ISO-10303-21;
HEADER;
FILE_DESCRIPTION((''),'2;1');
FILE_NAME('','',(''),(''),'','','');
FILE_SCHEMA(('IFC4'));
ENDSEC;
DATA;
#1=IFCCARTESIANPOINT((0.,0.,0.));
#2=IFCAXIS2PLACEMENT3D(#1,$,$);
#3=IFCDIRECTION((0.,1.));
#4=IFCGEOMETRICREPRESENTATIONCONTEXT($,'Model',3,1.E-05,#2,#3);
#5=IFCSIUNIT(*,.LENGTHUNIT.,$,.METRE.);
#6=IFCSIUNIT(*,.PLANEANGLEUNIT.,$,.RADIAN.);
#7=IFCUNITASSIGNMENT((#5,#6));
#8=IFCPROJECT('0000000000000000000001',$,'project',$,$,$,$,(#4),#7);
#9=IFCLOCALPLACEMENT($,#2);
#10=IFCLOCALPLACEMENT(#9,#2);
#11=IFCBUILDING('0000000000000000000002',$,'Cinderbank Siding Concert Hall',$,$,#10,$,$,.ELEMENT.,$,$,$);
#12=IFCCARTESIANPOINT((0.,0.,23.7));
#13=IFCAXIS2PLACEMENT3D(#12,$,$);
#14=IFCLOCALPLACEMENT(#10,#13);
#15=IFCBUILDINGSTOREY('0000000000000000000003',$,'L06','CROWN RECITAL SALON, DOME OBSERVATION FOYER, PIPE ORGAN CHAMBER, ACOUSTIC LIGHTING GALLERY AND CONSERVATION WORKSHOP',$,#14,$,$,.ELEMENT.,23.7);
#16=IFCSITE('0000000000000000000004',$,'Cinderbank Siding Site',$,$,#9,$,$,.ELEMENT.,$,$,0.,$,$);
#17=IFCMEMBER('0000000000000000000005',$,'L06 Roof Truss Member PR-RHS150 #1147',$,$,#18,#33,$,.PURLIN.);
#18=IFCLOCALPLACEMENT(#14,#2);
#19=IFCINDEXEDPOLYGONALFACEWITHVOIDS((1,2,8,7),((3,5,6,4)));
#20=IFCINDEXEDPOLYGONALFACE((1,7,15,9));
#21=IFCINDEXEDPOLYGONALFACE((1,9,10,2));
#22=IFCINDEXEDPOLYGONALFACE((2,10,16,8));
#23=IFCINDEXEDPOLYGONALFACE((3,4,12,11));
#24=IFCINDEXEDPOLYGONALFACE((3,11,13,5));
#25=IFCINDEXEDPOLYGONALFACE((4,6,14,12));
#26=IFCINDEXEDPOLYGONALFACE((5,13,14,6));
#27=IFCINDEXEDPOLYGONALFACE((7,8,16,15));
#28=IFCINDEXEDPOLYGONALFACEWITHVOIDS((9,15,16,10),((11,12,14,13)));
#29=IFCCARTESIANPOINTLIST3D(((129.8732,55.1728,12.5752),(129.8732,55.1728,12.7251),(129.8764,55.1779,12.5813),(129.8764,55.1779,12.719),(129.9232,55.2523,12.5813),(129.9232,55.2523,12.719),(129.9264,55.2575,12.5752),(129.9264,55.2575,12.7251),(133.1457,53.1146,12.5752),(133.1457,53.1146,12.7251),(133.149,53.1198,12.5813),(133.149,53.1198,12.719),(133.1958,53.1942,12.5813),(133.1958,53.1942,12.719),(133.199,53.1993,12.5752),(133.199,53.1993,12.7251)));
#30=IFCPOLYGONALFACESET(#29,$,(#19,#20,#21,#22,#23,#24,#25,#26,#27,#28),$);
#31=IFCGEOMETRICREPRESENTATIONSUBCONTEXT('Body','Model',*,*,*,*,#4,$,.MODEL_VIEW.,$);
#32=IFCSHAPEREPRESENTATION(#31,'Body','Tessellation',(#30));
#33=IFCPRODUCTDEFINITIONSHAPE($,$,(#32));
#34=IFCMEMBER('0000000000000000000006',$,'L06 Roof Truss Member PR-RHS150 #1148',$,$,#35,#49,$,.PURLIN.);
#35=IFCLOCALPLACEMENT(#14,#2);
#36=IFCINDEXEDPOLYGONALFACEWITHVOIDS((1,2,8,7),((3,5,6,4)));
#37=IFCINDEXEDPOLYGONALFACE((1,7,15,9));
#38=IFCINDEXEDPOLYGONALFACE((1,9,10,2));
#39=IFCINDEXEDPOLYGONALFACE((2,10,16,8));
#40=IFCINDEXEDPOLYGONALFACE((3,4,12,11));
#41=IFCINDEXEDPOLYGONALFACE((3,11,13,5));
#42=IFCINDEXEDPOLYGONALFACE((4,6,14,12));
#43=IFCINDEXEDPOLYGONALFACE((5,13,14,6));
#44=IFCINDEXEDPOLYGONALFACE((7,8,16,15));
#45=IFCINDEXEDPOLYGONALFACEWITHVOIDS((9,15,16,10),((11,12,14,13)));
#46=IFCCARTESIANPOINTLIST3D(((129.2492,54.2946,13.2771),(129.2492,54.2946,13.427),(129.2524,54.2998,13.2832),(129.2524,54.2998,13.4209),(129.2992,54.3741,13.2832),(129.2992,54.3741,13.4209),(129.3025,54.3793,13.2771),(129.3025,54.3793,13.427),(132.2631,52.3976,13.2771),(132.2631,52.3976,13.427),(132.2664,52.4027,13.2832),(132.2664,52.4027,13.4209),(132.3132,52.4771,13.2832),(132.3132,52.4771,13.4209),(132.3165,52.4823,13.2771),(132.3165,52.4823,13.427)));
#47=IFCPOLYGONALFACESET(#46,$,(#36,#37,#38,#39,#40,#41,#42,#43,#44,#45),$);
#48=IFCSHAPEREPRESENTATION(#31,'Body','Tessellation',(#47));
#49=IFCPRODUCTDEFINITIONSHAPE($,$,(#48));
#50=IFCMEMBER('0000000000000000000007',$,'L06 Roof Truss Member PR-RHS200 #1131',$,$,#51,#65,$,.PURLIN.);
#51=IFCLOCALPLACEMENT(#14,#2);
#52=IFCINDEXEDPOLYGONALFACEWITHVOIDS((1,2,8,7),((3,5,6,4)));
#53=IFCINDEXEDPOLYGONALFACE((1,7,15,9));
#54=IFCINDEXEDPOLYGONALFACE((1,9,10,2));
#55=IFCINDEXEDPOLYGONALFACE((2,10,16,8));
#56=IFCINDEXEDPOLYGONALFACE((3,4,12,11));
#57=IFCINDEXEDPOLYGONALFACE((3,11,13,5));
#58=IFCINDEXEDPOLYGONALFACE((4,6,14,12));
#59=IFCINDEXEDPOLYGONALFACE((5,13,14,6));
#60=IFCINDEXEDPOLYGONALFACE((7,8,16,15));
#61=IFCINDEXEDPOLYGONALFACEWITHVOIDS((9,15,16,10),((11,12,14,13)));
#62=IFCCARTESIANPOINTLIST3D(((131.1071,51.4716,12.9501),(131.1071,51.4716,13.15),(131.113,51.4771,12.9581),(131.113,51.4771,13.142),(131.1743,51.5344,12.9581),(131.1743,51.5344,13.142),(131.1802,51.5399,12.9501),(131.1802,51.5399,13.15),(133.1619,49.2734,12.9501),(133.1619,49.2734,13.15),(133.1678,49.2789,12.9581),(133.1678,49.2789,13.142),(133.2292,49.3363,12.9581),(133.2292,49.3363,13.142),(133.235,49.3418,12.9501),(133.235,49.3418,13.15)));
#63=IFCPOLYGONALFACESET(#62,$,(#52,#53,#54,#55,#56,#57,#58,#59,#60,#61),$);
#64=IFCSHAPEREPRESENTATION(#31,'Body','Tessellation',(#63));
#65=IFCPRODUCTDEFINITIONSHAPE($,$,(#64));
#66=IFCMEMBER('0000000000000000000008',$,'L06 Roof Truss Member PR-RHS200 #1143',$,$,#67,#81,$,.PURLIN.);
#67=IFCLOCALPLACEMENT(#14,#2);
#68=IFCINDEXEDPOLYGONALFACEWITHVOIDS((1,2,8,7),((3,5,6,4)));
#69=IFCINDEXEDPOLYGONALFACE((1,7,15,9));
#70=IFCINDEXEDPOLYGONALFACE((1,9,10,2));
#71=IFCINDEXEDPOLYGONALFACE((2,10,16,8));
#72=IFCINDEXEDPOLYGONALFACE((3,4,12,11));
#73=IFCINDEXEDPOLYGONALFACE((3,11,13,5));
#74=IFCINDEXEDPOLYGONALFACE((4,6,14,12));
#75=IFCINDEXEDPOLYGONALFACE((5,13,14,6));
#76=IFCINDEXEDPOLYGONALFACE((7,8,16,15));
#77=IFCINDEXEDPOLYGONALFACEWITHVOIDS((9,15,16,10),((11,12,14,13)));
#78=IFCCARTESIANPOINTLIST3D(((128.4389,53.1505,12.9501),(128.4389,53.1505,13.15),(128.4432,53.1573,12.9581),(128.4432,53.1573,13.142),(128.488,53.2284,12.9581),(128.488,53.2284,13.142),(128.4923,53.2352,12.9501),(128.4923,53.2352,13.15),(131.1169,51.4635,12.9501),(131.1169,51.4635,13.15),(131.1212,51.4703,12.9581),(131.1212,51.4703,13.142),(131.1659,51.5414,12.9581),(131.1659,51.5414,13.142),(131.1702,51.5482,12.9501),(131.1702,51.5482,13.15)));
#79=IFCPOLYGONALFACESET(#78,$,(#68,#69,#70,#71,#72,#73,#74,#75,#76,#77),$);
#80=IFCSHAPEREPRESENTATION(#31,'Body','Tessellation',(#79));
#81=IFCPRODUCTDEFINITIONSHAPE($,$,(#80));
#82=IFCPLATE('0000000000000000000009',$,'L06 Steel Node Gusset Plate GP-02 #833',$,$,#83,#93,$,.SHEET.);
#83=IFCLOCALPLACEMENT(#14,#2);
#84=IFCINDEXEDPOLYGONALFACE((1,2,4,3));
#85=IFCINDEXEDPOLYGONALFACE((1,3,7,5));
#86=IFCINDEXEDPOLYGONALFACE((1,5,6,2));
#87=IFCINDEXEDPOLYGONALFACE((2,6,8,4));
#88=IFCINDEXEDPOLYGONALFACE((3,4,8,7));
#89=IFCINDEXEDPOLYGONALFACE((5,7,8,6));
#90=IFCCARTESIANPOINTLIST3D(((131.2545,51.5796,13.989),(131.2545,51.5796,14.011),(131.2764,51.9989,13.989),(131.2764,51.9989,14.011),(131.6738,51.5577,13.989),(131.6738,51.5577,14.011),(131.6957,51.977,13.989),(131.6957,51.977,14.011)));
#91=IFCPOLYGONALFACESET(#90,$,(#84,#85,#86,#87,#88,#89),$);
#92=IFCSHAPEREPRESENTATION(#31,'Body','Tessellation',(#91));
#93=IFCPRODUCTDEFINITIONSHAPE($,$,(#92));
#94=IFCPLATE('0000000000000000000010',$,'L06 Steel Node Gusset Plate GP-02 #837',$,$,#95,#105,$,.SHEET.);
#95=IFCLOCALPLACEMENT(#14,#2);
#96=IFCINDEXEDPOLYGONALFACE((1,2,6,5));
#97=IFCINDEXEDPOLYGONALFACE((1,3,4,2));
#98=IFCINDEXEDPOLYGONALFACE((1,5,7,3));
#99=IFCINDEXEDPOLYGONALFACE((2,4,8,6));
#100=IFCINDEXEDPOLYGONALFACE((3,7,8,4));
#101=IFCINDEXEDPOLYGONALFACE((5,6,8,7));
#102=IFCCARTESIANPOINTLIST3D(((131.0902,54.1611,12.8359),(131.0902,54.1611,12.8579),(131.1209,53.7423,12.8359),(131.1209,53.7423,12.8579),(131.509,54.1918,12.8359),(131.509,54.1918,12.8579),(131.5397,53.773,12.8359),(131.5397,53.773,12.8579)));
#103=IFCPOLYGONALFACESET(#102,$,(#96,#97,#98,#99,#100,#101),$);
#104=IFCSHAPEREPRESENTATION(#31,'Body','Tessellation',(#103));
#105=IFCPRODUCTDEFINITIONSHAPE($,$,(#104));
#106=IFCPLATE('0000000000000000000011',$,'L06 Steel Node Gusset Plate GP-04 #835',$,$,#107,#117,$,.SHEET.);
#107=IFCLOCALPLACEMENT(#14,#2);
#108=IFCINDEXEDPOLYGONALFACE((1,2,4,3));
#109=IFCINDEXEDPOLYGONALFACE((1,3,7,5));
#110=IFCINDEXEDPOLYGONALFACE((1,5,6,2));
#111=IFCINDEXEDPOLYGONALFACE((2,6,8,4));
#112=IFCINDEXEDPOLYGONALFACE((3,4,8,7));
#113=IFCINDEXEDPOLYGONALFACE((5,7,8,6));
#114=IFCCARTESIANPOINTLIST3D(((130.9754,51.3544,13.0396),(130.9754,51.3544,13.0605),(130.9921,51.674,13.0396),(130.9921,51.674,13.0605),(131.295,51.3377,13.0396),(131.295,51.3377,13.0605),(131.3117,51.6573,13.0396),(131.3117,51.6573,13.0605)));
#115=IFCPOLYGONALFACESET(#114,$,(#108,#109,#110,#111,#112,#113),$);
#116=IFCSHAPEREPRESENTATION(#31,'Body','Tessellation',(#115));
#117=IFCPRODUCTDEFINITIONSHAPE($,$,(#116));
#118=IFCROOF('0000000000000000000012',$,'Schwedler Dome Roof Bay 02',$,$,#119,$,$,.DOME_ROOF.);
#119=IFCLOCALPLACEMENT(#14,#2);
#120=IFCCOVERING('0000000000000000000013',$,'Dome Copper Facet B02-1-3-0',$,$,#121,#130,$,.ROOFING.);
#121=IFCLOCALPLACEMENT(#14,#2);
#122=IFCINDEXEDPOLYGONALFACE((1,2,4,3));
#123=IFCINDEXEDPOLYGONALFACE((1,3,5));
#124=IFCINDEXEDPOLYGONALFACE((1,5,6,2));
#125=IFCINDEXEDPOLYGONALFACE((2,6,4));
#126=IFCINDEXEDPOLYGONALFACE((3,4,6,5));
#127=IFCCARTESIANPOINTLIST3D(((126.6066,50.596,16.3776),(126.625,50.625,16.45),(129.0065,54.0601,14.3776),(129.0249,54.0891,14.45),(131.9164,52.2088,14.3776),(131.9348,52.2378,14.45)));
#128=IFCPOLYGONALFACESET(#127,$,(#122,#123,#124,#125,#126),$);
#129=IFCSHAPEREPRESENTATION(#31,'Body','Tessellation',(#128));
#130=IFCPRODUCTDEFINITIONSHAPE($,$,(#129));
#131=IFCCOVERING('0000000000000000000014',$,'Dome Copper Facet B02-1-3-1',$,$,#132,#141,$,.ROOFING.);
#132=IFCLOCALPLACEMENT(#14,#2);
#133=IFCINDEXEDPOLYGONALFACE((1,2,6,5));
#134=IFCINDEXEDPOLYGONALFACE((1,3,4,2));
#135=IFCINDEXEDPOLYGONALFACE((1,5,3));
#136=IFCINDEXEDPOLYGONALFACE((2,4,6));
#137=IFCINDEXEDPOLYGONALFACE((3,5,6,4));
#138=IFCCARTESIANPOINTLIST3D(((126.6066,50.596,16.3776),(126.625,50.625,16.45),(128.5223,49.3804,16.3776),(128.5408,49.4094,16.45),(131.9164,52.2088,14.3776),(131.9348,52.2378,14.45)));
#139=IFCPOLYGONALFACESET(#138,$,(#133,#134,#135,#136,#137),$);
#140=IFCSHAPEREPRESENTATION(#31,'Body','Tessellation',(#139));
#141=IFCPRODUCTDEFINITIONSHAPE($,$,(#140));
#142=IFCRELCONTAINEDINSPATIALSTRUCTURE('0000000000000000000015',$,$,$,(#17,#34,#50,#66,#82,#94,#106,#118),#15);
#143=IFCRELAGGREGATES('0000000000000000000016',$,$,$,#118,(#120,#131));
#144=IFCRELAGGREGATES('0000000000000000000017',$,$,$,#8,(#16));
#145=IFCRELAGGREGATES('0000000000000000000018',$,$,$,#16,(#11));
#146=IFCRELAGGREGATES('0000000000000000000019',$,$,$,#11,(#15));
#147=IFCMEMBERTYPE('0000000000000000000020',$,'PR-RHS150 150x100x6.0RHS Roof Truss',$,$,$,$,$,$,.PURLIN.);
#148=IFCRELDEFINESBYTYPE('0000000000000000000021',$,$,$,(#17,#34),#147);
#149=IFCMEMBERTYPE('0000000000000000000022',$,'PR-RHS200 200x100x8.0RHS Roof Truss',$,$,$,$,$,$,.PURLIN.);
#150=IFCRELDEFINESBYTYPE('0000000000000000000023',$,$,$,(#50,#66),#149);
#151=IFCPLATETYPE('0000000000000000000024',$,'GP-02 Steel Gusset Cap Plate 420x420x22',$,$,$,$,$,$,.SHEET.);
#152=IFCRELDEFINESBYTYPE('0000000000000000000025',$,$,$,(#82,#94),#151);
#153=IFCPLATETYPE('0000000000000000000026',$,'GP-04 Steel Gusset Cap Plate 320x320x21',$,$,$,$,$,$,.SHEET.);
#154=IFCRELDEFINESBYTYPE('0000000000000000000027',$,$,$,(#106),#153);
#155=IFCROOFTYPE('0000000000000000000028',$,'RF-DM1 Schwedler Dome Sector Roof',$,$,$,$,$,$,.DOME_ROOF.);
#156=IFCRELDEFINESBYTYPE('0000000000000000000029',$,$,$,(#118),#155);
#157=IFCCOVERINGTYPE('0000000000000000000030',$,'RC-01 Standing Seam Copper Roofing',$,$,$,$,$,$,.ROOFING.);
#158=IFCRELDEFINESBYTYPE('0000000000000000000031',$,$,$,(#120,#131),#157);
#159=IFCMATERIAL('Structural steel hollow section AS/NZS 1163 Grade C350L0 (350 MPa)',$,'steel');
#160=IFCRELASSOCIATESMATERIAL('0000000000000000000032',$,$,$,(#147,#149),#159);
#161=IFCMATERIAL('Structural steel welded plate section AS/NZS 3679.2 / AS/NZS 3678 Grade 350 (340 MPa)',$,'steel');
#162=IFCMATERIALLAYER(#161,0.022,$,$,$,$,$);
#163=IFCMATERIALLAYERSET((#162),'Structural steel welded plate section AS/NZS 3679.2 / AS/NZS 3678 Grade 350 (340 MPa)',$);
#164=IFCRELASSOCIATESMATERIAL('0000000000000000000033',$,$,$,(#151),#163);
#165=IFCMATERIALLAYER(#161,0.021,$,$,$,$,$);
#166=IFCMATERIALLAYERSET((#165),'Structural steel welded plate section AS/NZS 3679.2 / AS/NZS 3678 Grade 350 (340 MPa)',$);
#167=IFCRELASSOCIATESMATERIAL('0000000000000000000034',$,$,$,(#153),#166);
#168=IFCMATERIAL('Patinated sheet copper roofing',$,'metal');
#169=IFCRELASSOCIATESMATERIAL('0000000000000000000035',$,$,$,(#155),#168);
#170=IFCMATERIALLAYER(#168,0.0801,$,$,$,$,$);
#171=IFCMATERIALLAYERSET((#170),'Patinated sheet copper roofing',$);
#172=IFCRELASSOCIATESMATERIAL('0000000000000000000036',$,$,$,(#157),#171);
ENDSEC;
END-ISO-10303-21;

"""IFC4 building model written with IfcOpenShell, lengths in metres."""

from ifc_helpers import new_model, si_unit, direction, frame, origin, origin_2d, place, context, subcontext, project, spatial, polyline, rectangle, hollow_rectangle, outline, extrude, material, layer, layer_set, material_profile, profile_set, type_object, element, aggregate, save


model = new_model("IFC4")

# Units and contexts
model_context = context("Model", 3, precision=1e-05, world=origin(), true_north=direction((0.0, 1.0)))
body_context = subcontext(model_context, "Body", "Model", "MODEL_VIEW")
ifc_project = project(units=[si_unit("LENGTHUNIT", "METRE"), si_unit("PLANEANGLEUNIT", "RADIAN")], contexts=[model_context])

# Site, building, storey
site_placement = place(None, origin())
site = spatial("IfcSite", under=ifc_project, at=site_placement, Name="Cinderbank Siding Site", CompositionType="ELEMENT", RefElevation=0.0)
building_placement = place(site_placement, origin())
building = spatial("IfcBuilding", under=site, at=building_placement, Name="Cinderbank Siding Concert Hall", CompositionType="ELEMENT")
storey_placement = place(building_placement, frame((0.0, 0.0, 23.7)))
storey = spatial("IfcBuildingStorey", under=building, at=storey_placement, Name="L06", Description="CROWN RECITAL SALON, DOME OBSERVATION FOYER, PIPE ORGAN CHAMBER, ACOUSTIC LIGHTING GALLERY AND CONSERVATION WORKSHOP", CompositionType="ELEMENT", Elevation=23.7)

# Members
ifc_material_1 = material(Name="Structural steel hollow section AS/NZS 1163 Grade C350L0 (350 MPa)", Category="steel")
ifc_material_profile_1 = material_profile(ifc_material_1, hollow_rectangle(XDim=0.1001, YDim=0.1499, WallThickness=0.0061, at=origin_2d()), Name="150x100x6.0RHS", Category="LoadBearing")
ifc_profile_set_1 = profile_set([ifc_material_profile_1], Name="Structural steel hollow section AS/NZS 1163 Grade C350L0 (350 MPa)")
member_type_1 = type_object("IfcMemberType", Name="PR-RHS150 150x100x6.0RHS Roof Truss", PredefinedType="PURLIN", material=ifc_profile_set_1)
member_1_placement = place(storey_placement, frame((133.1724, 53.157, 12.6501), z_axis=(-0.846505, 0.532381, 0.0), x_axis=(-0.532381, -0.846505, 0.0)))
element("IfcMember", 1, at=member_1_placement, inside=storey, type_object=member_type_1, Name="L06 Roof Truss Member PR-RHS150 #1147", PredefinedType="PURLIN", context=body_context, shape_type="SweptSolid", body=[
    extrude(hollow_rectangle(XDim=0.1001, YDim=0.1499, WallThickness=0.0061, at=origin_2d()), origin(), (0.0, 0.0, 1.0), 3.866),
])
member_2_placement = place(storey_placement, frame((132.2898, 52.4399, 13.3521), z_axis=(-0.846319, 0.532677, 0.0), x_axis=(-0.532677, -0.846319, 0.0)))
element("IfcMember", 2, at=member_2_placement, inside=storey, type_object=member_type_1, Name="L06 Roof Truss Member PR-RHS150 #1148", PredefinedType="PURLIN", context=body_context, shape_type="SweptSolid", body=[
    extrude(hollow_rectangle(XDim=0.1001, YDim=0.1499, WallThickness=0.0061, at=origin_2d()), origin(), (0.0, 0.0, 1.0), 3.5613),
])
ifc_material_profile_2 = material_profile(ifc_material_1, hollow_rectangle(XDim=0.1001, YDim=0.2, WallThickness=0.0081, at=origin_2d()), Name="200x100x8.0RHS", Category="LoadBearing")
ifc_profile_set_2 = profile_set([ifc_material_profile_2], Name="Structural steel hollow section AS/NZS 1163 Grade C350L0 (350 MPa)")
member_type_2 = type_object("IfcMemberType", Name="PR-RHS200 200x100x8.0RHS Roof Truss", PredefinedType="PURLIN", material=ifc_profile_set_2)
member_3_placement = place(storey_placement, frame((133.1985, 49.3076, 13.05), z_axis=(-0.682893, 0.730518, 0.0), x_axis=(-0.730518, -0.682893, 0.0)))
element("IfcMember", 3, at=member_3_placement, inside=storey, type_object=member_type_2, Name="L06 Roof Truss Member PR-RHS200 #1131", PredefinedType="PURLIN", context=body_context, shape_type="SweptSolid", body=[
    extrude(hollow_rectangle(XDim=0.1001, YDim=0.2, WallThickness=0.0081, at=origin_2d()), origin(), (0.0, 0.0, 1.0), 3.009),
])
member_4_placement = place(storey_placement, frame((131.1436, 51.5059, 13.05), z_axis=(-0.846108, 0.533012, 0.0), x_axis=(-0.533012, -0.846108, 0.0)))
element("IfcMember", 4, at=member_4_placement, inside=storey, type_object=member_type_2, Name="L06 Roof Truss Member PR-RHS200 #1143", PredefinedType="PURLIN", context=body_context, shape_type="SweptSolid", body=[
    extrude(hollow_rectangle(XDim=0.1001, YDim=0.2, WallThickness=0.0081, at=origin_2d()), origin(), (0.0, 0.0, 1.0), 3.165),
])

# Plates
ifc_material_2 = material(Name="Structural steel welded plate section AS/NZS 3679.2 / AS/NZS 3678 Grade 350 (340 MPa)", Category="steel")
ifc_layer_1 = layer(ifc_material_2, 0.022)
ifc_layer_set_1 = layer_set([ifc_layer_1], Name="Structural steel welded plate section AS/NZS 3679.2 / AS/NZS 3678 Grade 350 (340 MPa)")
plate_type_1 = type_object("IfcPlateType", Name="GP-02 Steel Gusset Cap Plate 420x420x22", PredefinedType="SHEET", material=ifc_layer_set_1)
for number, where, z_axis, x_axis, name in (
    (5, (131.4751, 51.7783, 13.989), (0.0, 0.0, 1.0), (-0.998639, 0.052162, 0.0), "L06 Steel Node Gusset Plate GP-02 #833"),
    (6, (131.3149, 53.967, 12.8359), (0.0, 0.0, 1.0), (0.073064, -0.997327, 0.0), "L06 Steel Node Gusset Plate GP-02 #837"),
):
    element("IfcPlate", number, at=place(storey_placement, frame(where, z_axis=z_axis, x_axis=x_axis)), inside=storey, type_object=plate_type_1, Name=name, PredefinedType="SHEET", context=body_context, shape_type="SweptSolid", body=[
        extrude(rectangle(XDim=0.4199, YDim=0.4199, at=origin_2d()), origin(), (0.0, 0.0, 1.0), 0.022),
    ])
ifc_layer_2 = layer(ifc_material_2, 0.021)
ifc_layer_set_2 = layer_set([ifc_layer_2], Name="Structural steel welded plate section AS/NZS 3679.2 / AS/NZS 3678 Grade 350 (340 MPa)")
plate_type_2 = type_object("IfcPlateType", Name="GP-04 Steel Gusset Cap Plate 320x320x21", PredefinedType="SHEET", material=ifc_layer_set_2)
plate_placement = place(storey_placement, frame((131.1436, 51.5059, 13.0396), z_axis=(0.0, 0.0, 1.0), x_axis=(-0.998639, 0.052162, 0.0)))
element("IfcPlate", 7, at=plate_placement, inside=storey, type_object=plate_type_2, Name="L06 Steel Node Gusset Plate GP-04 #835", PredefinedType="SHEET", context=body_context, shape_type="SweptSolid", body=[
    extrude(rectangle(XDim=0.3201, YDim=0.3201, at=origin_2d()), origin(), (0.0, 0.0, 1.0), 0.021),
])

# Roof, coverings
ifc_material_3 = material(Name="Patinated sheet copper roofing", Category="metal")
roof_type = type_object("IfcRoofType", Name="RF-DM1 Schwedler Dome Sector Roof", PredefinedType="DOME_ROOF", material=ifc_material_3)
roof_placement = place(storey_placement, origin())
roof = element("IfcRoof", 8, at=roof_placement, inside=storey, type_object=roof_type, Name="Schwedler Dome Roof Bay 02", PredefinedType="DOME_ROOF")
ifc_layer_3 = layer(ifc_material_3, 0.0801)
ifc_layer_set_3 = layer_set([ifc_layer_3], Name="Patinated sheet copper roofing")
covering_type = type_object("IfcCoveringType", Name="RC-01 Standing Seam Copper Roofing", PredefinedType="ROOFING", material=ifc_layer_set_3)
covering_1_placement = place(storey_placement, frame((131.9348, 52.2378, 14.45), z_axis=(0.230291, 0.361973, 0.903295), x_axis=(-0.84372, 0.536784, 0.0)))
covering_1 = element("IfcCovering", 9, at=covering_1_placement, type_object=covering_type, Name="Dome Copper Facet B02-1-3-0", PredefinedType="ROOFING", context=body_context, shape_type="SweptSolid", body=[
    extrude(outline(polyline([(0.0, 0.0), (3.4489, 0.0), (3.6143, 4.6618), (0.0, 0.0)])), origin(), (0.0, 0.0, -1.0), 0.0801),
])
covering_2_placement = place(storey_placement, frame((131.9348, 52.2378, 14.45), z_axis=(0.230048, 0.362559, 0.903122), x_axis=(-0.90016, -0.273413, 0.339055)))
covering_2 = element("IfcCovering", 10, at=covering_2_placement, type_object=covering_type, Name="Dome Copper Facet B02-1-3-1", PredefinedType="ROOFING", context=body_context, shape_type="SweptSolid", body=[
    extrude(outline(polyline([(0.0, 0.0), (5.8987, 0.0), (4.5066, 1.7916), (0.0, 0.0)])), origin(), (0.0, 0.0, -1.0), 0.0801),
])
aggregate(roof, [covering_1, covering_2])

save(model, "model.ifc")
